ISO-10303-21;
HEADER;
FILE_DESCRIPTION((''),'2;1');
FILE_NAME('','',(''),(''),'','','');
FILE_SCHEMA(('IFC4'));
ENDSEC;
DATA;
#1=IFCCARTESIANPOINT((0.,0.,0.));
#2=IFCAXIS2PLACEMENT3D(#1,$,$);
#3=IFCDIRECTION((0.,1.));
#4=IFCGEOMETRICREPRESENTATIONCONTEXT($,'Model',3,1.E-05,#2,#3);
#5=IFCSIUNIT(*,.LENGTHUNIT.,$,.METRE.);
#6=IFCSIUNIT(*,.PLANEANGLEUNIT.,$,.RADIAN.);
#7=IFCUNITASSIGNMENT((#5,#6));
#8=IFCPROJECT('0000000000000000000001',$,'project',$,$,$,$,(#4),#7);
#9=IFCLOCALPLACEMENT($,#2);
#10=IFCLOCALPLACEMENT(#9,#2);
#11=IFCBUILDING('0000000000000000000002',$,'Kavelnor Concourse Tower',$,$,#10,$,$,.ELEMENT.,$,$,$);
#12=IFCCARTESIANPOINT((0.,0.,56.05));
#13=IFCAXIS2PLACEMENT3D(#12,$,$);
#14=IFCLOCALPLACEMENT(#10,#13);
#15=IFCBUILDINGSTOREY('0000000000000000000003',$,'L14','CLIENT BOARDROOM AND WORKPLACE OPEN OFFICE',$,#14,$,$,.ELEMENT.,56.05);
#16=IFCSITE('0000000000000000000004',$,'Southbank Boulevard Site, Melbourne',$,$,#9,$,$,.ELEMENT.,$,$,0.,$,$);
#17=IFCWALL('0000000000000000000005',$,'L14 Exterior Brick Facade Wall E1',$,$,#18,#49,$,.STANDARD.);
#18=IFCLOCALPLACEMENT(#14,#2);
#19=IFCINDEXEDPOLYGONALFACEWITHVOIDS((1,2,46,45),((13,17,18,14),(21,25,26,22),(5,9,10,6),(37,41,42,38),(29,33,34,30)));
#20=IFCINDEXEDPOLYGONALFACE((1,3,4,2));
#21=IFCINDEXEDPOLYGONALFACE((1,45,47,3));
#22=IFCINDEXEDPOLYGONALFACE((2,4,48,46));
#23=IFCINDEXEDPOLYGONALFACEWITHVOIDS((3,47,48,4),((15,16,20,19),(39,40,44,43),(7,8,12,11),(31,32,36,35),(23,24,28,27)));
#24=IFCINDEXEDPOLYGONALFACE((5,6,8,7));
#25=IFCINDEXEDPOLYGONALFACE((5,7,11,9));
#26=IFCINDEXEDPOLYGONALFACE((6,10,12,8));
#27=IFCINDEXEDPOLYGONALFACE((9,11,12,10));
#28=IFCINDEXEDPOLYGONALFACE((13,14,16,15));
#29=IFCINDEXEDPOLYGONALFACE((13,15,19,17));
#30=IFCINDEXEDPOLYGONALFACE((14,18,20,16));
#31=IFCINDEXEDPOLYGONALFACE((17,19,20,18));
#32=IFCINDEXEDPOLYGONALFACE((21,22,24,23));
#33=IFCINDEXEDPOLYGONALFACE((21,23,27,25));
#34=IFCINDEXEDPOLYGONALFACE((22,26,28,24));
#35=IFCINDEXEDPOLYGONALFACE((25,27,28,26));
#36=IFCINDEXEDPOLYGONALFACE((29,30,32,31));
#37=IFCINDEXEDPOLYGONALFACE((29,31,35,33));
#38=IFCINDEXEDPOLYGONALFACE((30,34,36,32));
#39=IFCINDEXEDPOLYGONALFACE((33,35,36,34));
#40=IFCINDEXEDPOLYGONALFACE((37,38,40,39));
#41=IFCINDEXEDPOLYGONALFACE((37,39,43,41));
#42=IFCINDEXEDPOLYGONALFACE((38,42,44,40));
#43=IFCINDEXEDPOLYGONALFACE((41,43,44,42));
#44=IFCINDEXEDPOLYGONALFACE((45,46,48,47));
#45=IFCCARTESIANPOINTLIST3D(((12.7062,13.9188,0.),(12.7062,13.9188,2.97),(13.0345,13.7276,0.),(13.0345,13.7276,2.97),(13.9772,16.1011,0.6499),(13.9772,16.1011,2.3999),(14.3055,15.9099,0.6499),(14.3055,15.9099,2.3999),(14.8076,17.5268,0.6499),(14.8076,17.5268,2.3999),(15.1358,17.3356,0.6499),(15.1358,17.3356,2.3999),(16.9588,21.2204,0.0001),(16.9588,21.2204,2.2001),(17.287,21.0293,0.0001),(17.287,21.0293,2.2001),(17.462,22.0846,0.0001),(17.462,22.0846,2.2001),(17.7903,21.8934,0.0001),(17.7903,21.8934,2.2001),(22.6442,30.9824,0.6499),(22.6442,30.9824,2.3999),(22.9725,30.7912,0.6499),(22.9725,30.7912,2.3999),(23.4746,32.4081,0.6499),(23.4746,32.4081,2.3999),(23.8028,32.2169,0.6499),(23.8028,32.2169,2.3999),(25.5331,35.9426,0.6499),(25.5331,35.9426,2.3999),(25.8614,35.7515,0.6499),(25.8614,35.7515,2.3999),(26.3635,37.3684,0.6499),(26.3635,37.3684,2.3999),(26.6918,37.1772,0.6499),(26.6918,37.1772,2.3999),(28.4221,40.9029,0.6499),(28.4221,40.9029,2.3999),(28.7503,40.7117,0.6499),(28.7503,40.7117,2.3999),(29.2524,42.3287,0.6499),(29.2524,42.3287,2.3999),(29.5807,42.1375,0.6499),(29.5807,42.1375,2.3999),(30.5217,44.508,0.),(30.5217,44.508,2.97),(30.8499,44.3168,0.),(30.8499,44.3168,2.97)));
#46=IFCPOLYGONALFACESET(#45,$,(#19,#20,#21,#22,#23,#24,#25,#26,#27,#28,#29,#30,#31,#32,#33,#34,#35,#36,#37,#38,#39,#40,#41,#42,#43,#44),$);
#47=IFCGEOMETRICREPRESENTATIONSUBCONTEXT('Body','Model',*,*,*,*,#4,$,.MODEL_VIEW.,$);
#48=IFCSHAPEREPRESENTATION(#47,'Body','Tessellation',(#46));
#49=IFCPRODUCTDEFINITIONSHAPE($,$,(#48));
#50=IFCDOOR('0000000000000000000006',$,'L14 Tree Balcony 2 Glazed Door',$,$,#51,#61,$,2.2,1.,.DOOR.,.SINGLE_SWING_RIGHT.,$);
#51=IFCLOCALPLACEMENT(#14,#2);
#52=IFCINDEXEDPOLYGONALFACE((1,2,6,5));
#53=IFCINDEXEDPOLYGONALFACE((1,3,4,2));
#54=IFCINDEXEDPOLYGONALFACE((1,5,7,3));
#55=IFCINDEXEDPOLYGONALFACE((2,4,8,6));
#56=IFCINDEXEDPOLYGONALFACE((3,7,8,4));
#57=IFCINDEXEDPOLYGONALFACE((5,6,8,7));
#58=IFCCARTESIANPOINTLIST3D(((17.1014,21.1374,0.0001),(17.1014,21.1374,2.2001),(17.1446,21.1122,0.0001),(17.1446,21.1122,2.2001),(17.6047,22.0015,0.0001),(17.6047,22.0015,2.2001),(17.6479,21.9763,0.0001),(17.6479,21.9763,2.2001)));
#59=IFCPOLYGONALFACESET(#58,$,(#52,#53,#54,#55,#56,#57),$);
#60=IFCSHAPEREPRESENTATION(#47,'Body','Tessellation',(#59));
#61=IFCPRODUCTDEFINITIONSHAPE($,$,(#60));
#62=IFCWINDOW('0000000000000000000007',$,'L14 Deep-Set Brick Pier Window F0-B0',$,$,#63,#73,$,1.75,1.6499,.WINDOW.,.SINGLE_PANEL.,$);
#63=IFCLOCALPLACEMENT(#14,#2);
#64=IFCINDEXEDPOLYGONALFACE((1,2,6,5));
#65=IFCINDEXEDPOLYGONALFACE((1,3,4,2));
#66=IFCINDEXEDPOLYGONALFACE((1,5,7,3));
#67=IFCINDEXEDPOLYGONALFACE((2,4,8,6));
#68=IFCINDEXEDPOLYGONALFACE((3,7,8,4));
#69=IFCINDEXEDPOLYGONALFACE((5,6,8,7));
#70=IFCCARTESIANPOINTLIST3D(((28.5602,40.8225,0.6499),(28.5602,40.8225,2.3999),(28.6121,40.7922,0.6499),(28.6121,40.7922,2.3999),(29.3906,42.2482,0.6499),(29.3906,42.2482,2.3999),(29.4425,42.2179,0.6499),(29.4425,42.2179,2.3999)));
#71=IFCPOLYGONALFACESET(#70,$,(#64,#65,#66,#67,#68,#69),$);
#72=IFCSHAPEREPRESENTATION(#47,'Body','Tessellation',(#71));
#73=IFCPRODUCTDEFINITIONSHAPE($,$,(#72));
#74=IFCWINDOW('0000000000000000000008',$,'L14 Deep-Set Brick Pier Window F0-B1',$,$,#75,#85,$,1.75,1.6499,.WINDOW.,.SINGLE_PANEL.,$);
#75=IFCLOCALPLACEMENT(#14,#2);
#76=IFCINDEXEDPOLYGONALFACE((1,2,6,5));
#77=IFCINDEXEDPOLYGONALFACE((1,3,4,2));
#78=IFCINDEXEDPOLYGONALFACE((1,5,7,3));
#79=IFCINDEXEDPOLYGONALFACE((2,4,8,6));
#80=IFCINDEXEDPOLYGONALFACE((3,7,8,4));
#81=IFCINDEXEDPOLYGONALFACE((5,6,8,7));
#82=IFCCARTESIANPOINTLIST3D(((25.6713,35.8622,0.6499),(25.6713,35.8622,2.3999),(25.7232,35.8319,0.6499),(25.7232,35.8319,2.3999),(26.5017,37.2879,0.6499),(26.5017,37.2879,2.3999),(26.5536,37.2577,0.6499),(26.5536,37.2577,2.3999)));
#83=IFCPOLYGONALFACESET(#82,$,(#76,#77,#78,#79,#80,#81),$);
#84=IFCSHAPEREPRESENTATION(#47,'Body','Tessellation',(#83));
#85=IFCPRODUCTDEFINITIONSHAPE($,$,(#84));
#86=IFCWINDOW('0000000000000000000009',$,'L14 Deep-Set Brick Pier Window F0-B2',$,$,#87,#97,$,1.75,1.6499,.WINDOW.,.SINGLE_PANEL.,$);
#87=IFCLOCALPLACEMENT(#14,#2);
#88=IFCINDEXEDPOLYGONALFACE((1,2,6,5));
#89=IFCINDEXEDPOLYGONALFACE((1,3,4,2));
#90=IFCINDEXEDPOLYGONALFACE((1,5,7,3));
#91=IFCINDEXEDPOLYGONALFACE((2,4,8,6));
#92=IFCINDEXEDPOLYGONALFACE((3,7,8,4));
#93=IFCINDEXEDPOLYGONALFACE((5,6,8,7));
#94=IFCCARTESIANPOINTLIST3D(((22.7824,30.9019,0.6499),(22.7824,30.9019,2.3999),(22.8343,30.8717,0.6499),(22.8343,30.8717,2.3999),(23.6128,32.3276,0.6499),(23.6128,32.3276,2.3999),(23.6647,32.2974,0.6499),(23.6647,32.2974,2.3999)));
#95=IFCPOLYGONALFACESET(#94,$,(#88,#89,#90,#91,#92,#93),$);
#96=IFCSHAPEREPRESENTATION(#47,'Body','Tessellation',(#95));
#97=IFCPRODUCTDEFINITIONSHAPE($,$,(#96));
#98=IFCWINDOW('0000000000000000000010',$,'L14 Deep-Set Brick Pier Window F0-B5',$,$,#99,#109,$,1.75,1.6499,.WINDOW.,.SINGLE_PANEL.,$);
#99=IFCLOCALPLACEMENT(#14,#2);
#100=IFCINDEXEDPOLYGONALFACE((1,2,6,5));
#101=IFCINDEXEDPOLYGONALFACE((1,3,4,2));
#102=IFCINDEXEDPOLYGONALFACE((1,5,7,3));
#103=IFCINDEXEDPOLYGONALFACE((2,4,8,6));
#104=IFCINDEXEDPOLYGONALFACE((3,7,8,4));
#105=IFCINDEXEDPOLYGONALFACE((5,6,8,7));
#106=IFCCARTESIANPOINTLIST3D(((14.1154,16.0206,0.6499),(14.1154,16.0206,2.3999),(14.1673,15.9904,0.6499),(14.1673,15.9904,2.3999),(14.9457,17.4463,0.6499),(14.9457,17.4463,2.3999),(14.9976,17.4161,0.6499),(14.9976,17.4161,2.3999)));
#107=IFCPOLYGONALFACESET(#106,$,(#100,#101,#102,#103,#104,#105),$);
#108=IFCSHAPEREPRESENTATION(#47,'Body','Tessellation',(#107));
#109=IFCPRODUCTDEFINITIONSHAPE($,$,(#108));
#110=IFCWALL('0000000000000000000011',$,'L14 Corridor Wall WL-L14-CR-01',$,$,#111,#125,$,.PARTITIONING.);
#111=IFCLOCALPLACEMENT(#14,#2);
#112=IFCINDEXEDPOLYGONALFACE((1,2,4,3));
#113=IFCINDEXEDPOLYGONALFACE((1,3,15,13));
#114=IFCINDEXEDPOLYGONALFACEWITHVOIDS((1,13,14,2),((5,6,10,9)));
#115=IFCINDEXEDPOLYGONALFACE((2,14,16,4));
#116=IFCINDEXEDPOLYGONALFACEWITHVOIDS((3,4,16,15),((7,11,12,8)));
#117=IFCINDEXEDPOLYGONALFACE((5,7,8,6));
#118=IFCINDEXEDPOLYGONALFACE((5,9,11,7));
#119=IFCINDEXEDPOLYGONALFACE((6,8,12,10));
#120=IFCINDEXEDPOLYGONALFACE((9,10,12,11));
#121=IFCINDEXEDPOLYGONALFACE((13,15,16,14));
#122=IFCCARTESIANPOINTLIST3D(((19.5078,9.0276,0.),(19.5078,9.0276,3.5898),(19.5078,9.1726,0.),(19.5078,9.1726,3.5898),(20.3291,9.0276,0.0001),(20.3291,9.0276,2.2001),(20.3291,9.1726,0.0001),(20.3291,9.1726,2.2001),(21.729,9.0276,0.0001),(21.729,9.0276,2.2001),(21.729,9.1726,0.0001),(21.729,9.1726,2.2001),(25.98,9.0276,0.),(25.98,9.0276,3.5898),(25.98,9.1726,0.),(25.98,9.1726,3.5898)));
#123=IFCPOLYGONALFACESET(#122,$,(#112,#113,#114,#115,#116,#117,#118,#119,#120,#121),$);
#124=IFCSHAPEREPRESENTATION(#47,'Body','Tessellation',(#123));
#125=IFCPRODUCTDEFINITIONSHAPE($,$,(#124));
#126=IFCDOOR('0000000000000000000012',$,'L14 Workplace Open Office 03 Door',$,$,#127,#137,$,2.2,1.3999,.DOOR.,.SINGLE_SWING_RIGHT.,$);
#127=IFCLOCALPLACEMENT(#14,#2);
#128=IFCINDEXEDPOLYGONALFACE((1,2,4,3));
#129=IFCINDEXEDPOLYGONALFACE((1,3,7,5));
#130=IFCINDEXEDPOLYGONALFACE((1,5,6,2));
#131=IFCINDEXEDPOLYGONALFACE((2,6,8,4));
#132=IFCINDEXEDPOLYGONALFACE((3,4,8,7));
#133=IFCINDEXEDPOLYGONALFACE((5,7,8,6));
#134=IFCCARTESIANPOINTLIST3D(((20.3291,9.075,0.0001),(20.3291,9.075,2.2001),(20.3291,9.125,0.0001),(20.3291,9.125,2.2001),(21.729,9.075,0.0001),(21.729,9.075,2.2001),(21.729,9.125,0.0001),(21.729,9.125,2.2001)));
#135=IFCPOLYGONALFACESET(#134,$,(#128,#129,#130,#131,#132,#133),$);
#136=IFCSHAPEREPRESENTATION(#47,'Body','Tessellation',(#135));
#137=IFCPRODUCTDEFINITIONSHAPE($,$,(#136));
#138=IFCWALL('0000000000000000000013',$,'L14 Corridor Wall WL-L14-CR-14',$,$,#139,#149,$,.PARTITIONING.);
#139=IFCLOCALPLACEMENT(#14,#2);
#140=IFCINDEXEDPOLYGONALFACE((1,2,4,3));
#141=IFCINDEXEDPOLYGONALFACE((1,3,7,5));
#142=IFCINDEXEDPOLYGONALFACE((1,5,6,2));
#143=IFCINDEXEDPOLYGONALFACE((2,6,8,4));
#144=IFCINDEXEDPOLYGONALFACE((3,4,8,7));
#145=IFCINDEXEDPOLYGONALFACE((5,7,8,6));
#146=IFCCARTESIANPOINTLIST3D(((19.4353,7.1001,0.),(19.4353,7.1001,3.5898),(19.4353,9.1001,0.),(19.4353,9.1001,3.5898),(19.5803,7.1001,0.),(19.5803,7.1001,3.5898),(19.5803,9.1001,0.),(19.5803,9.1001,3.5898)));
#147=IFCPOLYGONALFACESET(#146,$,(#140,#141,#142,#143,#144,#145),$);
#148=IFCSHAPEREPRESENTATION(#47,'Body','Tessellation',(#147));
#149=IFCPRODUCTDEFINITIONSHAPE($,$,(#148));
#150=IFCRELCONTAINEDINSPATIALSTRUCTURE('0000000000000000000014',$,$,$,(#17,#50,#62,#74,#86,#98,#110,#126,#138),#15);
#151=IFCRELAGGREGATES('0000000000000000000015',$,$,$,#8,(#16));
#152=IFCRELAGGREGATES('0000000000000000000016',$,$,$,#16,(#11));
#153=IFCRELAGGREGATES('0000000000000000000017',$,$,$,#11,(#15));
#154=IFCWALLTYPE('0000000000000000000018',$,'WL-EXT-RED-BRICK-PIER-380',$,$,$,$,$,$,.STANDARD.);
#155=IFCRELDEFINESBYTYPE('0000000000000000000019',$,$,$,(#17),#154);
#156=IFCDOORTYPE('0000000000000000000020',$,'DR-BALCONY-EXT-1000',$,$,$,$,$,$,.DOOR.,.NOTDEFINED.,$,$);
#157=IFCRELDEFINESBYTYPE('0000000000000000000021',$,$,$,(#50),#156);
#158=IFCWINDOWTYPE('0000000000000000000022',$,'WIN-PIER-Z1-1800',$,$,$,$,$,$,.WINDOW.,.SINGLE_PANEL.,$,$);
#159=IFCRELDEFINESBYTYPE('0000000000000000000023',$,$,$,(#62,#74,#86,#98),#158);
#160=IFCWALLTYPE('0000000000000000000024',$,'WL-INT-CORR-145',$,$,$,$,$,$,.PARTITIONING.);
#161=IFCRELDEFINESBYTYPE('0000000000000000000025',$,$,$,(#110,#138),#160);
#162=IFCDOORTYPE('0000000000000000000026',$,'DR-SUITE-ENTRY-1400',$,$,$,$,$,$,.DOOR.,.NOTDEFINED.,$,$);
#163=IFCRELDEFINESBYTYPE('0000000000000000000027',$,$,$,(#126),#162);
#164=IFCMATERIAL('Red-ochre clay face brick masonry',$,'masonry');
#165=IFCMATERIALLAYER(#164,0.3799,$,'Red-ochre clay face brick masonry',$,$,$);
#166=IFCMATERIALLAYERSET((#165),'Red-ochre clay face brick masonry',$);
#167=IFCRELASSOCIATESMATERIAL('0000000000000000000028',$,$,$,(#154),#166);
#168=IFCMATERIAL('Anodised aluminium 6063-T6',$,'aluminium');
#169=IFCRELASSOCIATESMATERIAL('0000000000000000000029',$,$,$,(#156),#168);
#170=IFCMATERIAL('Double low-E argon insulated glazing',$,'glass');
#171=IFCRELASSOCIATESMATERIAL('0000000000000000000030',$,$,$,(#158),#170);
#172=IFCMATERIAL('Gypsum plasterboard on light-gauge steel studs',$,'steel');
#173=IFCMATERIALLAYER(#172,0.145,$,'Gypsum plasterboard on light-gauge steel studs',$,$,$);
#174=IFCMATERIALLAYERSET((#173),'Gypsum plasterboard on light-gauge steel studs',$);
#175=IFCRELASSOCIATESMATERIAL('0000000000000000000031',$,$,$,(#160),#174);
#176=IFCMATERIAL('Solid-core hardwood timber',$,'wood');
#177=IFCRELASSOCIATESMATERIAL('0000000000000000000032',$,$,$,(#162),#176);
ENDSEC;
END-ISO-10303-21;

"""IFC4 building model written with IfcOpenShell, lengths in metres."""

from ifc_helpers import new_model, si_unit, direction, frame, frame_2d, origin, place, context, subcontext, project, spatial, rectangle, extrude, material, layer, layer_set, type_object, element, fill, save


model = new_model("IFC4")

# Units and contexts
model_context = context("Model", 3, precision=1e-05, world=origin(), true_north=direction((0.0, 1.0)))
body_context = subcontext(model_context, "Body", "Model", "MODEL_VIEW")
ifc_project = project(units=[si_unit("LENGTHUNIT", "METRE"), si_unit("PLANEANGLEUNIT", "RADIAN")], contexts=[model_context])

# Site, building, storey
site_placement = place(None, origin())
site = spatial("IfcSite", under=ifc_project, at=site_placement, Name="Southbank Boulevard Site, Melbourne", CompositionType="ELEMENT", RefElevation=0.0)
building_placement = place(site_placement, origin())
building = spatial("IfcBuilding", under=site, at=building_placement, Name="Kavelnor Concourse Tower", CompositionType="ELEMENT")
storey_placement = place(building_placement, frame((0.0, 0.0, 56.05)))
storey = spatial("IfcBuildingStorey", under=building, at=storey_placement, Name="L14", Description="CLIENT BOARDROOM AND WORKPLACE OPEN OFFICE", CompositionType="ELEMENT", Elevation=56.05)

# Wall, openings, door, windows
ifc_material_1 = material(Name="Red-ochre clay face brick masonry", Category="masonry")
ifc_layer_1 = layer(ifc_material_1, 0.3799, Name="Red-ochre clay face brick masonry")
ifc_layer_set_1 = layer_set([ifc_layer_1], Name="Red-ochre clay face brick masonry")
wall_type_1 = type_object("IfcWallType", Name="WL-EXT-RED-BRICK-PIER-380", PredefinedType="STANDARD", material=ifc_layer_set_1)
wall_1_placement = place(storey_placement, frame((12.8704, 13.8232, 0.0), z_axis=(0.0, 0.0, 1.0), x_axis=(0.503276, 0.864126, 0.0)))
wall_1 = element("IfcWall", 1, at=wall_1_placement, inside=storey, type_object=wall_type_1, Name="L14 Exterior Brick Facade Wall E1", PredefinedType="STANDARD", context=body_context, shape_type="SweptSolid", body=[
    extrude(rectangle(XDim=35.3989, YDim=0.3799, at=frame_2d((17.6995, 0.0))), origin(), (0.0, 0.0, 1.0), 2.97),
])
opening_1_placement = place(wall_1_placement, frame((8.4497, 0.0, 0.0)))
opening_1 = element("IfcOpeningElement", 2, at=opening_1_placement, cuts=wall_1, PredefinedType="OPENING", context=body_context, shape_type="SweptSolid", body=[
    extrude(rectangle(XDim=1.0, YDim=2.2, at=frame_2d((0.5, 1.1001))), frame((0.0, 0.2, 0.0), z_axis=(0.0, -1.0, 0.0), x_axis=(1.0, 0.0, 0.0)), (0.0, 0.0, 1.0), 0.3999),
])
opening_2_placement = place(wall_1_placement, frame((31.2271, 0.0, 0.6499)))
opening_2 = element("IfcOpeningElement", 3, at=opening_2_placement, cuts=wall_1, PredefinedType="OPENING", context=body_context, shape_type="SweptSolid", body=[
    extrude(rectangle(XDim=1.6499, YDim=1.75, at=frame_2d((0.825, 0.875))), frame((0.0, 0.2, 0.0), z_axis=(0.0, -1.0, 0.0), x_axis=(1.0, 0.0, 0.0)), (0.0, 0.0, 1.0), 0.3999),
])
opening_3_placement = place(wall_1_placement, frame((25.4868, 0.0, 0.6499)))
opening_3 = element("IfcOpeningElement", 4, at=opening_3_placement, cuts=wall_1, PredefinedType="OPENING", context=body_context, shape_type="SweptSolid", body=[
    extrude(rectangle(XDim=1.6499, YDim=1.75, at=frame_2d((0.825, 0.875))), frame((0.0, 0.2, 0.0), z_axis=(0.0, -1.0, 0.0), x_axis=(1.0, 0.0, 0.0)), (0.0, 0.0, 1.0), 0.3999),
])
opening_4_placement = place(wall_1_placement, frame((19.7466, 0.0, 0.6499)))
opening_4 = element("IfcOpeningElement", 5, at=opening_4_placement, cuts=wall_1, PredefinedType="OPENING", context=body_context, shape_type="SweptSolid", body=[
    extrude(rectangle(XDim=1.6499, YDim=1.75, at=frame_2d((0.825, 0.875))), frame((0.0, 0.2, 0.0), z_axis=(0.0, -1.0, 0.0), x_axis=(1.0, 0.0, 0.0)), (0.0, 0.0, 1.0), 0.3999),
])
opening_5_placement = place(wall_1_placement, frame((2.5254, 0.0, 0.6499)))
opening_5 = element("IfcOpeningElement", 6, at=opening_5_placement, cuts=wall_1, PredefinedType="OPENING", context=body_context, shape_type="SweptSolid", body=[
    extrude(rectangle(XDim=1.6499, YDim=1.75, at=frame_2d((0.825, 0.875))), frame((0.0, 0.2, 0.0), z_axis=(0.0, -1.0, 0.0), x_axis=(1.0, 0.0, 0.0)), (0.0, 0.0, 1.0), 0.3999),
])
ifc_material_2 = material(Name="Anodised aluminium 6063-T6", Category="aluminium")
door_type_1 = type_object("IfcDoorType", Name="DR-BALCONY-EXT-1000", OperationType="NOTDEFINED", PredefinedType="DOOR", material=ifc_material_2)
door_1_placement = place(opening_1_placement, origin())
door_1 = element("IfcDoor", 7, at=door_1_placement, inside=storey, type_object=door_type_1, Name="L14 Tree Balcony 2 Glazed Door", OperationType="SINGLE_SWING_RIGHT", OverallHeight=2.2, OverallWidth=1.0, PredefinedType="DOOR", context=body_context, shape_type="SweptSolid", body=[
    extrude(rectangle(XDim=1.0, YDim=2.2, at=frame_2d((0.5, 1.1001))), frame((0.0, 0.0249, 0.0), z_axis=(0.0, -1.0, 0.0), x_axis=(1.0, 0.0, 0.0)), (0.0, 0.0, 1.0), 0.05),
])
fill(opening_1, door_1)
ifc_material_3 = material(Name="Double low-E argon insulated glazing", Category="glass")
window_type = type_object("IfcWindowType", Name="WIN-PIER-Z1-1800", PartitioningType="SINGLE_PANEL", PredefinedType="WINDOW", material=ifc_material_3)
window_1_placement = place(opening_2_placement, origin())
window_1 = element("IfcWindow", 8, at=window_1_placement, inside=storey, type_object=window_type, Name="L14 Deep-Set Brick Pier Window F0-B0", OverallHeight=1.75, OverallWidth=1.6499, PartitioningType="SINGLE_PANEL", PredefinedType="WINDOW", context=body_context, shape_type="SweptSolid", body=[
    extrude(rectangle(XDim=1.6499, YDim=1.75, at=frame_2d((0.825, 0.875))), frame((0.0, 0.03, 0.0), z_axis=(0.0, -1.0, 0.0), x_axis=(1.0, 0.0, 0.0)), (0.0, 0.0, 1.0), 0.0601),
])
fill(opening_2, window_1)
window_2_placement = place(opening_3_placement, origin())
window_2 = element("IfcWindow", 9, at=window_2_placement, inside=storey, type_object=window_type, Name="L14 Deep-Set Brick Pier Window F0-B1", OverallHeight=1.75, OverallWidth=1.6499, PartitioningType="SINGLE_PANEL", PredefinedType="WINDOW", context=body_context, shape_type="SweptSolid", body=[
    extrude(rectangle(XDim=1.6499, YDim=1.75, at=frame_2d((0.825, 0.875))), frame((0.0, 0.03, 0.0), z_axis=(0.0, -1.0, 0.0), x_axis=(1.0, 0.0, 0.0)), (0.0, 0.0, 1.0), 0.0601),
])
fill(opening_3, window_2)
window_3_placement = place(opening_4_placement, origin())
window_3 = element("IfcWindow", 10, at=window_3_placement, inside=storey, type_object=window_type, Name="L14 Deep-Set Brick Pier Window F0-B2", OverallHeight=1.75, OverallWidth=1.6499, PartitioningType="SINGLE_PANEL", PredefinedType="WINDOW", context=body_context, shape_type="SweptSolid", body=[
    extrude(rectangle(XDim=1.6499, YDim=1.75, at=frame_2d((0.825, 0.875))), frame((0.0, 0.03, 0.0), z_axis=(0.0, -1.0, 0.0), x_axis=(1.0, 0.0, 0.0)), (0.0, 0.0, 1.0), 0.0601),
])
fill(opening_4, window_3)
window_4_placement = place(opening_5_placement, origin())
window_4 = element("IfcWindow", 11, at=window_4_placement, inside=storey, type_object=window_type, Name="L14 Deep-Set Brick Pier Window F0-B5", OverallHeight=1.75, OverallWidth=1.6499, PartitioningType="SINGLE_PANEL", PredefinedType="WINDOW", context=body_context, shape_type="SweptSolid", body=[
    extrude(rectangle(XDim=1.6499, YDim=1.75, at=frame_2d((0.825, 0.875))), frame((0.0, 0.03, 0.0), z_axis=(0.0, -1.0, 0.0), x_axis=(1.0, 0.0, 0.0)), (0.0, 0.0, 1.0), 0.0601),
])
fill(opening_5, window_4)

# Wall, opening, door
ifc_material_4 = material(Name="Gypsum plasterboard on light-gauge steel studs", Category="steel")
ifc_layer_2 = layer(ifc_material_4, 0.145, Name="Gypsum plasterboard on light-gauge steel studs")
ifc_layer_set_2 = layer_set([ifc_layer_2], Name="Gypsum plasterboard on light-gauge steel studs")
wall_type_2 = type_object("IfcWallType", Name="WL-INT-CORR-145", PredefinedType="PARTITIONING", material=ifc_layer_set_2)
wall_2_placement = place(storey_placement, frame((19.5078, 9.1001, 0.0), z_axis=(0.0, 0.0, 1.0), x_axis=(1.0, 0.0, 0.0)))
wall_2 = element("IfcWall", 12, at=wall_2_placement, inside=storey, type_object=wall_type_2, Name="L14 Corridor Wall WL-L14-CR-01", PredefinedType="PARTITIONING", context=body_context, shape_type="SweptSolid", body=[
    extrude(rectangle(XDim=6.4722, YDim=0.145, at=frame_2d((3.2361, 0.0))), origin(), (0.0, 0.0, 1.0), 3.5898),
])
opening_6_placement = place(wall_2_placement, frame((0.8213, 0.0, 0.0)))
opening_6 = element("IfcOpeningElement", 13, at=opening_6_placement, cuts=wall_2, PredefinedType="OPENING", context=body_context, shape_type="SweptSolid", body=[
    extrude(rectangle(XDim=1.3999, YDim=2.2, at=frame_2d((0.7, 1.1001))), frame((0.0, 0.0825, 0.0), z_axis=(0.0, -1.0, 0.0), x_axis=(1.0, 0.0, 0.0)), (0.0, 0.0, 1.0), 0.165),
])
ifc_material_5 = material(Name="Solid-core hardwood timber", Category="wood")
door_type_2 = type_object("IfcDoorType", Name="DR-SUITE-ENTRY-1400", OperationType="NOTDEFINED", PredefinedType="DOOR", material=ifc_material_5)
door_2_placement = place(opening_6_placement, origin())
door_2 = element("IfcDoor", 14, at=door_2_placement, inside=storey, type_object=door_type_2, Name="L14 Workplace Open Office 03 Door", OperationType="SINGLE_SWING_RIGHT", OverallHeight=2.2, OverallWidth=1.3999, PredefinedType="DOOR", context=body_context, shape_type="SweptSolid", body=[
    extrude(rectangle(XDim=1.3999, YDim=2.2, at=frame_2d((0.7, 1.1001))), frame((0.0, 0.0249, 0.0), z_axis=(0.0, -1.0, 0.0), x_axis=(1.0, 0.0, 0.0)), (0.0, 0.0, 1.0), 0.05),
])
fill(opening_6, door_2)

# Wall
wall_3_placement = place(storey_placement, frame((19.5078, 7.1001, 0.0), z_axis=(0.0, 0.0, 1.0), x_axis=(0.0, 1.0, 0.0)))
element("IfcWall", 15, at=wall_3_placement, inside=storey, type_object=wall_type_2, Name="L14 Corridor Wall WL-L14-CR-14", PredefinedType="PARTITIONING", context=body_context, shape_type="SweptSolid", body=[
    extrude(rectangle(XDim=2.0, YDim=0.145, at=frame_2d((1.0, 0.0))), origin(), (0.0, 0.0, 1.0), 3.5898),
])

save(model, "model.ifc")
